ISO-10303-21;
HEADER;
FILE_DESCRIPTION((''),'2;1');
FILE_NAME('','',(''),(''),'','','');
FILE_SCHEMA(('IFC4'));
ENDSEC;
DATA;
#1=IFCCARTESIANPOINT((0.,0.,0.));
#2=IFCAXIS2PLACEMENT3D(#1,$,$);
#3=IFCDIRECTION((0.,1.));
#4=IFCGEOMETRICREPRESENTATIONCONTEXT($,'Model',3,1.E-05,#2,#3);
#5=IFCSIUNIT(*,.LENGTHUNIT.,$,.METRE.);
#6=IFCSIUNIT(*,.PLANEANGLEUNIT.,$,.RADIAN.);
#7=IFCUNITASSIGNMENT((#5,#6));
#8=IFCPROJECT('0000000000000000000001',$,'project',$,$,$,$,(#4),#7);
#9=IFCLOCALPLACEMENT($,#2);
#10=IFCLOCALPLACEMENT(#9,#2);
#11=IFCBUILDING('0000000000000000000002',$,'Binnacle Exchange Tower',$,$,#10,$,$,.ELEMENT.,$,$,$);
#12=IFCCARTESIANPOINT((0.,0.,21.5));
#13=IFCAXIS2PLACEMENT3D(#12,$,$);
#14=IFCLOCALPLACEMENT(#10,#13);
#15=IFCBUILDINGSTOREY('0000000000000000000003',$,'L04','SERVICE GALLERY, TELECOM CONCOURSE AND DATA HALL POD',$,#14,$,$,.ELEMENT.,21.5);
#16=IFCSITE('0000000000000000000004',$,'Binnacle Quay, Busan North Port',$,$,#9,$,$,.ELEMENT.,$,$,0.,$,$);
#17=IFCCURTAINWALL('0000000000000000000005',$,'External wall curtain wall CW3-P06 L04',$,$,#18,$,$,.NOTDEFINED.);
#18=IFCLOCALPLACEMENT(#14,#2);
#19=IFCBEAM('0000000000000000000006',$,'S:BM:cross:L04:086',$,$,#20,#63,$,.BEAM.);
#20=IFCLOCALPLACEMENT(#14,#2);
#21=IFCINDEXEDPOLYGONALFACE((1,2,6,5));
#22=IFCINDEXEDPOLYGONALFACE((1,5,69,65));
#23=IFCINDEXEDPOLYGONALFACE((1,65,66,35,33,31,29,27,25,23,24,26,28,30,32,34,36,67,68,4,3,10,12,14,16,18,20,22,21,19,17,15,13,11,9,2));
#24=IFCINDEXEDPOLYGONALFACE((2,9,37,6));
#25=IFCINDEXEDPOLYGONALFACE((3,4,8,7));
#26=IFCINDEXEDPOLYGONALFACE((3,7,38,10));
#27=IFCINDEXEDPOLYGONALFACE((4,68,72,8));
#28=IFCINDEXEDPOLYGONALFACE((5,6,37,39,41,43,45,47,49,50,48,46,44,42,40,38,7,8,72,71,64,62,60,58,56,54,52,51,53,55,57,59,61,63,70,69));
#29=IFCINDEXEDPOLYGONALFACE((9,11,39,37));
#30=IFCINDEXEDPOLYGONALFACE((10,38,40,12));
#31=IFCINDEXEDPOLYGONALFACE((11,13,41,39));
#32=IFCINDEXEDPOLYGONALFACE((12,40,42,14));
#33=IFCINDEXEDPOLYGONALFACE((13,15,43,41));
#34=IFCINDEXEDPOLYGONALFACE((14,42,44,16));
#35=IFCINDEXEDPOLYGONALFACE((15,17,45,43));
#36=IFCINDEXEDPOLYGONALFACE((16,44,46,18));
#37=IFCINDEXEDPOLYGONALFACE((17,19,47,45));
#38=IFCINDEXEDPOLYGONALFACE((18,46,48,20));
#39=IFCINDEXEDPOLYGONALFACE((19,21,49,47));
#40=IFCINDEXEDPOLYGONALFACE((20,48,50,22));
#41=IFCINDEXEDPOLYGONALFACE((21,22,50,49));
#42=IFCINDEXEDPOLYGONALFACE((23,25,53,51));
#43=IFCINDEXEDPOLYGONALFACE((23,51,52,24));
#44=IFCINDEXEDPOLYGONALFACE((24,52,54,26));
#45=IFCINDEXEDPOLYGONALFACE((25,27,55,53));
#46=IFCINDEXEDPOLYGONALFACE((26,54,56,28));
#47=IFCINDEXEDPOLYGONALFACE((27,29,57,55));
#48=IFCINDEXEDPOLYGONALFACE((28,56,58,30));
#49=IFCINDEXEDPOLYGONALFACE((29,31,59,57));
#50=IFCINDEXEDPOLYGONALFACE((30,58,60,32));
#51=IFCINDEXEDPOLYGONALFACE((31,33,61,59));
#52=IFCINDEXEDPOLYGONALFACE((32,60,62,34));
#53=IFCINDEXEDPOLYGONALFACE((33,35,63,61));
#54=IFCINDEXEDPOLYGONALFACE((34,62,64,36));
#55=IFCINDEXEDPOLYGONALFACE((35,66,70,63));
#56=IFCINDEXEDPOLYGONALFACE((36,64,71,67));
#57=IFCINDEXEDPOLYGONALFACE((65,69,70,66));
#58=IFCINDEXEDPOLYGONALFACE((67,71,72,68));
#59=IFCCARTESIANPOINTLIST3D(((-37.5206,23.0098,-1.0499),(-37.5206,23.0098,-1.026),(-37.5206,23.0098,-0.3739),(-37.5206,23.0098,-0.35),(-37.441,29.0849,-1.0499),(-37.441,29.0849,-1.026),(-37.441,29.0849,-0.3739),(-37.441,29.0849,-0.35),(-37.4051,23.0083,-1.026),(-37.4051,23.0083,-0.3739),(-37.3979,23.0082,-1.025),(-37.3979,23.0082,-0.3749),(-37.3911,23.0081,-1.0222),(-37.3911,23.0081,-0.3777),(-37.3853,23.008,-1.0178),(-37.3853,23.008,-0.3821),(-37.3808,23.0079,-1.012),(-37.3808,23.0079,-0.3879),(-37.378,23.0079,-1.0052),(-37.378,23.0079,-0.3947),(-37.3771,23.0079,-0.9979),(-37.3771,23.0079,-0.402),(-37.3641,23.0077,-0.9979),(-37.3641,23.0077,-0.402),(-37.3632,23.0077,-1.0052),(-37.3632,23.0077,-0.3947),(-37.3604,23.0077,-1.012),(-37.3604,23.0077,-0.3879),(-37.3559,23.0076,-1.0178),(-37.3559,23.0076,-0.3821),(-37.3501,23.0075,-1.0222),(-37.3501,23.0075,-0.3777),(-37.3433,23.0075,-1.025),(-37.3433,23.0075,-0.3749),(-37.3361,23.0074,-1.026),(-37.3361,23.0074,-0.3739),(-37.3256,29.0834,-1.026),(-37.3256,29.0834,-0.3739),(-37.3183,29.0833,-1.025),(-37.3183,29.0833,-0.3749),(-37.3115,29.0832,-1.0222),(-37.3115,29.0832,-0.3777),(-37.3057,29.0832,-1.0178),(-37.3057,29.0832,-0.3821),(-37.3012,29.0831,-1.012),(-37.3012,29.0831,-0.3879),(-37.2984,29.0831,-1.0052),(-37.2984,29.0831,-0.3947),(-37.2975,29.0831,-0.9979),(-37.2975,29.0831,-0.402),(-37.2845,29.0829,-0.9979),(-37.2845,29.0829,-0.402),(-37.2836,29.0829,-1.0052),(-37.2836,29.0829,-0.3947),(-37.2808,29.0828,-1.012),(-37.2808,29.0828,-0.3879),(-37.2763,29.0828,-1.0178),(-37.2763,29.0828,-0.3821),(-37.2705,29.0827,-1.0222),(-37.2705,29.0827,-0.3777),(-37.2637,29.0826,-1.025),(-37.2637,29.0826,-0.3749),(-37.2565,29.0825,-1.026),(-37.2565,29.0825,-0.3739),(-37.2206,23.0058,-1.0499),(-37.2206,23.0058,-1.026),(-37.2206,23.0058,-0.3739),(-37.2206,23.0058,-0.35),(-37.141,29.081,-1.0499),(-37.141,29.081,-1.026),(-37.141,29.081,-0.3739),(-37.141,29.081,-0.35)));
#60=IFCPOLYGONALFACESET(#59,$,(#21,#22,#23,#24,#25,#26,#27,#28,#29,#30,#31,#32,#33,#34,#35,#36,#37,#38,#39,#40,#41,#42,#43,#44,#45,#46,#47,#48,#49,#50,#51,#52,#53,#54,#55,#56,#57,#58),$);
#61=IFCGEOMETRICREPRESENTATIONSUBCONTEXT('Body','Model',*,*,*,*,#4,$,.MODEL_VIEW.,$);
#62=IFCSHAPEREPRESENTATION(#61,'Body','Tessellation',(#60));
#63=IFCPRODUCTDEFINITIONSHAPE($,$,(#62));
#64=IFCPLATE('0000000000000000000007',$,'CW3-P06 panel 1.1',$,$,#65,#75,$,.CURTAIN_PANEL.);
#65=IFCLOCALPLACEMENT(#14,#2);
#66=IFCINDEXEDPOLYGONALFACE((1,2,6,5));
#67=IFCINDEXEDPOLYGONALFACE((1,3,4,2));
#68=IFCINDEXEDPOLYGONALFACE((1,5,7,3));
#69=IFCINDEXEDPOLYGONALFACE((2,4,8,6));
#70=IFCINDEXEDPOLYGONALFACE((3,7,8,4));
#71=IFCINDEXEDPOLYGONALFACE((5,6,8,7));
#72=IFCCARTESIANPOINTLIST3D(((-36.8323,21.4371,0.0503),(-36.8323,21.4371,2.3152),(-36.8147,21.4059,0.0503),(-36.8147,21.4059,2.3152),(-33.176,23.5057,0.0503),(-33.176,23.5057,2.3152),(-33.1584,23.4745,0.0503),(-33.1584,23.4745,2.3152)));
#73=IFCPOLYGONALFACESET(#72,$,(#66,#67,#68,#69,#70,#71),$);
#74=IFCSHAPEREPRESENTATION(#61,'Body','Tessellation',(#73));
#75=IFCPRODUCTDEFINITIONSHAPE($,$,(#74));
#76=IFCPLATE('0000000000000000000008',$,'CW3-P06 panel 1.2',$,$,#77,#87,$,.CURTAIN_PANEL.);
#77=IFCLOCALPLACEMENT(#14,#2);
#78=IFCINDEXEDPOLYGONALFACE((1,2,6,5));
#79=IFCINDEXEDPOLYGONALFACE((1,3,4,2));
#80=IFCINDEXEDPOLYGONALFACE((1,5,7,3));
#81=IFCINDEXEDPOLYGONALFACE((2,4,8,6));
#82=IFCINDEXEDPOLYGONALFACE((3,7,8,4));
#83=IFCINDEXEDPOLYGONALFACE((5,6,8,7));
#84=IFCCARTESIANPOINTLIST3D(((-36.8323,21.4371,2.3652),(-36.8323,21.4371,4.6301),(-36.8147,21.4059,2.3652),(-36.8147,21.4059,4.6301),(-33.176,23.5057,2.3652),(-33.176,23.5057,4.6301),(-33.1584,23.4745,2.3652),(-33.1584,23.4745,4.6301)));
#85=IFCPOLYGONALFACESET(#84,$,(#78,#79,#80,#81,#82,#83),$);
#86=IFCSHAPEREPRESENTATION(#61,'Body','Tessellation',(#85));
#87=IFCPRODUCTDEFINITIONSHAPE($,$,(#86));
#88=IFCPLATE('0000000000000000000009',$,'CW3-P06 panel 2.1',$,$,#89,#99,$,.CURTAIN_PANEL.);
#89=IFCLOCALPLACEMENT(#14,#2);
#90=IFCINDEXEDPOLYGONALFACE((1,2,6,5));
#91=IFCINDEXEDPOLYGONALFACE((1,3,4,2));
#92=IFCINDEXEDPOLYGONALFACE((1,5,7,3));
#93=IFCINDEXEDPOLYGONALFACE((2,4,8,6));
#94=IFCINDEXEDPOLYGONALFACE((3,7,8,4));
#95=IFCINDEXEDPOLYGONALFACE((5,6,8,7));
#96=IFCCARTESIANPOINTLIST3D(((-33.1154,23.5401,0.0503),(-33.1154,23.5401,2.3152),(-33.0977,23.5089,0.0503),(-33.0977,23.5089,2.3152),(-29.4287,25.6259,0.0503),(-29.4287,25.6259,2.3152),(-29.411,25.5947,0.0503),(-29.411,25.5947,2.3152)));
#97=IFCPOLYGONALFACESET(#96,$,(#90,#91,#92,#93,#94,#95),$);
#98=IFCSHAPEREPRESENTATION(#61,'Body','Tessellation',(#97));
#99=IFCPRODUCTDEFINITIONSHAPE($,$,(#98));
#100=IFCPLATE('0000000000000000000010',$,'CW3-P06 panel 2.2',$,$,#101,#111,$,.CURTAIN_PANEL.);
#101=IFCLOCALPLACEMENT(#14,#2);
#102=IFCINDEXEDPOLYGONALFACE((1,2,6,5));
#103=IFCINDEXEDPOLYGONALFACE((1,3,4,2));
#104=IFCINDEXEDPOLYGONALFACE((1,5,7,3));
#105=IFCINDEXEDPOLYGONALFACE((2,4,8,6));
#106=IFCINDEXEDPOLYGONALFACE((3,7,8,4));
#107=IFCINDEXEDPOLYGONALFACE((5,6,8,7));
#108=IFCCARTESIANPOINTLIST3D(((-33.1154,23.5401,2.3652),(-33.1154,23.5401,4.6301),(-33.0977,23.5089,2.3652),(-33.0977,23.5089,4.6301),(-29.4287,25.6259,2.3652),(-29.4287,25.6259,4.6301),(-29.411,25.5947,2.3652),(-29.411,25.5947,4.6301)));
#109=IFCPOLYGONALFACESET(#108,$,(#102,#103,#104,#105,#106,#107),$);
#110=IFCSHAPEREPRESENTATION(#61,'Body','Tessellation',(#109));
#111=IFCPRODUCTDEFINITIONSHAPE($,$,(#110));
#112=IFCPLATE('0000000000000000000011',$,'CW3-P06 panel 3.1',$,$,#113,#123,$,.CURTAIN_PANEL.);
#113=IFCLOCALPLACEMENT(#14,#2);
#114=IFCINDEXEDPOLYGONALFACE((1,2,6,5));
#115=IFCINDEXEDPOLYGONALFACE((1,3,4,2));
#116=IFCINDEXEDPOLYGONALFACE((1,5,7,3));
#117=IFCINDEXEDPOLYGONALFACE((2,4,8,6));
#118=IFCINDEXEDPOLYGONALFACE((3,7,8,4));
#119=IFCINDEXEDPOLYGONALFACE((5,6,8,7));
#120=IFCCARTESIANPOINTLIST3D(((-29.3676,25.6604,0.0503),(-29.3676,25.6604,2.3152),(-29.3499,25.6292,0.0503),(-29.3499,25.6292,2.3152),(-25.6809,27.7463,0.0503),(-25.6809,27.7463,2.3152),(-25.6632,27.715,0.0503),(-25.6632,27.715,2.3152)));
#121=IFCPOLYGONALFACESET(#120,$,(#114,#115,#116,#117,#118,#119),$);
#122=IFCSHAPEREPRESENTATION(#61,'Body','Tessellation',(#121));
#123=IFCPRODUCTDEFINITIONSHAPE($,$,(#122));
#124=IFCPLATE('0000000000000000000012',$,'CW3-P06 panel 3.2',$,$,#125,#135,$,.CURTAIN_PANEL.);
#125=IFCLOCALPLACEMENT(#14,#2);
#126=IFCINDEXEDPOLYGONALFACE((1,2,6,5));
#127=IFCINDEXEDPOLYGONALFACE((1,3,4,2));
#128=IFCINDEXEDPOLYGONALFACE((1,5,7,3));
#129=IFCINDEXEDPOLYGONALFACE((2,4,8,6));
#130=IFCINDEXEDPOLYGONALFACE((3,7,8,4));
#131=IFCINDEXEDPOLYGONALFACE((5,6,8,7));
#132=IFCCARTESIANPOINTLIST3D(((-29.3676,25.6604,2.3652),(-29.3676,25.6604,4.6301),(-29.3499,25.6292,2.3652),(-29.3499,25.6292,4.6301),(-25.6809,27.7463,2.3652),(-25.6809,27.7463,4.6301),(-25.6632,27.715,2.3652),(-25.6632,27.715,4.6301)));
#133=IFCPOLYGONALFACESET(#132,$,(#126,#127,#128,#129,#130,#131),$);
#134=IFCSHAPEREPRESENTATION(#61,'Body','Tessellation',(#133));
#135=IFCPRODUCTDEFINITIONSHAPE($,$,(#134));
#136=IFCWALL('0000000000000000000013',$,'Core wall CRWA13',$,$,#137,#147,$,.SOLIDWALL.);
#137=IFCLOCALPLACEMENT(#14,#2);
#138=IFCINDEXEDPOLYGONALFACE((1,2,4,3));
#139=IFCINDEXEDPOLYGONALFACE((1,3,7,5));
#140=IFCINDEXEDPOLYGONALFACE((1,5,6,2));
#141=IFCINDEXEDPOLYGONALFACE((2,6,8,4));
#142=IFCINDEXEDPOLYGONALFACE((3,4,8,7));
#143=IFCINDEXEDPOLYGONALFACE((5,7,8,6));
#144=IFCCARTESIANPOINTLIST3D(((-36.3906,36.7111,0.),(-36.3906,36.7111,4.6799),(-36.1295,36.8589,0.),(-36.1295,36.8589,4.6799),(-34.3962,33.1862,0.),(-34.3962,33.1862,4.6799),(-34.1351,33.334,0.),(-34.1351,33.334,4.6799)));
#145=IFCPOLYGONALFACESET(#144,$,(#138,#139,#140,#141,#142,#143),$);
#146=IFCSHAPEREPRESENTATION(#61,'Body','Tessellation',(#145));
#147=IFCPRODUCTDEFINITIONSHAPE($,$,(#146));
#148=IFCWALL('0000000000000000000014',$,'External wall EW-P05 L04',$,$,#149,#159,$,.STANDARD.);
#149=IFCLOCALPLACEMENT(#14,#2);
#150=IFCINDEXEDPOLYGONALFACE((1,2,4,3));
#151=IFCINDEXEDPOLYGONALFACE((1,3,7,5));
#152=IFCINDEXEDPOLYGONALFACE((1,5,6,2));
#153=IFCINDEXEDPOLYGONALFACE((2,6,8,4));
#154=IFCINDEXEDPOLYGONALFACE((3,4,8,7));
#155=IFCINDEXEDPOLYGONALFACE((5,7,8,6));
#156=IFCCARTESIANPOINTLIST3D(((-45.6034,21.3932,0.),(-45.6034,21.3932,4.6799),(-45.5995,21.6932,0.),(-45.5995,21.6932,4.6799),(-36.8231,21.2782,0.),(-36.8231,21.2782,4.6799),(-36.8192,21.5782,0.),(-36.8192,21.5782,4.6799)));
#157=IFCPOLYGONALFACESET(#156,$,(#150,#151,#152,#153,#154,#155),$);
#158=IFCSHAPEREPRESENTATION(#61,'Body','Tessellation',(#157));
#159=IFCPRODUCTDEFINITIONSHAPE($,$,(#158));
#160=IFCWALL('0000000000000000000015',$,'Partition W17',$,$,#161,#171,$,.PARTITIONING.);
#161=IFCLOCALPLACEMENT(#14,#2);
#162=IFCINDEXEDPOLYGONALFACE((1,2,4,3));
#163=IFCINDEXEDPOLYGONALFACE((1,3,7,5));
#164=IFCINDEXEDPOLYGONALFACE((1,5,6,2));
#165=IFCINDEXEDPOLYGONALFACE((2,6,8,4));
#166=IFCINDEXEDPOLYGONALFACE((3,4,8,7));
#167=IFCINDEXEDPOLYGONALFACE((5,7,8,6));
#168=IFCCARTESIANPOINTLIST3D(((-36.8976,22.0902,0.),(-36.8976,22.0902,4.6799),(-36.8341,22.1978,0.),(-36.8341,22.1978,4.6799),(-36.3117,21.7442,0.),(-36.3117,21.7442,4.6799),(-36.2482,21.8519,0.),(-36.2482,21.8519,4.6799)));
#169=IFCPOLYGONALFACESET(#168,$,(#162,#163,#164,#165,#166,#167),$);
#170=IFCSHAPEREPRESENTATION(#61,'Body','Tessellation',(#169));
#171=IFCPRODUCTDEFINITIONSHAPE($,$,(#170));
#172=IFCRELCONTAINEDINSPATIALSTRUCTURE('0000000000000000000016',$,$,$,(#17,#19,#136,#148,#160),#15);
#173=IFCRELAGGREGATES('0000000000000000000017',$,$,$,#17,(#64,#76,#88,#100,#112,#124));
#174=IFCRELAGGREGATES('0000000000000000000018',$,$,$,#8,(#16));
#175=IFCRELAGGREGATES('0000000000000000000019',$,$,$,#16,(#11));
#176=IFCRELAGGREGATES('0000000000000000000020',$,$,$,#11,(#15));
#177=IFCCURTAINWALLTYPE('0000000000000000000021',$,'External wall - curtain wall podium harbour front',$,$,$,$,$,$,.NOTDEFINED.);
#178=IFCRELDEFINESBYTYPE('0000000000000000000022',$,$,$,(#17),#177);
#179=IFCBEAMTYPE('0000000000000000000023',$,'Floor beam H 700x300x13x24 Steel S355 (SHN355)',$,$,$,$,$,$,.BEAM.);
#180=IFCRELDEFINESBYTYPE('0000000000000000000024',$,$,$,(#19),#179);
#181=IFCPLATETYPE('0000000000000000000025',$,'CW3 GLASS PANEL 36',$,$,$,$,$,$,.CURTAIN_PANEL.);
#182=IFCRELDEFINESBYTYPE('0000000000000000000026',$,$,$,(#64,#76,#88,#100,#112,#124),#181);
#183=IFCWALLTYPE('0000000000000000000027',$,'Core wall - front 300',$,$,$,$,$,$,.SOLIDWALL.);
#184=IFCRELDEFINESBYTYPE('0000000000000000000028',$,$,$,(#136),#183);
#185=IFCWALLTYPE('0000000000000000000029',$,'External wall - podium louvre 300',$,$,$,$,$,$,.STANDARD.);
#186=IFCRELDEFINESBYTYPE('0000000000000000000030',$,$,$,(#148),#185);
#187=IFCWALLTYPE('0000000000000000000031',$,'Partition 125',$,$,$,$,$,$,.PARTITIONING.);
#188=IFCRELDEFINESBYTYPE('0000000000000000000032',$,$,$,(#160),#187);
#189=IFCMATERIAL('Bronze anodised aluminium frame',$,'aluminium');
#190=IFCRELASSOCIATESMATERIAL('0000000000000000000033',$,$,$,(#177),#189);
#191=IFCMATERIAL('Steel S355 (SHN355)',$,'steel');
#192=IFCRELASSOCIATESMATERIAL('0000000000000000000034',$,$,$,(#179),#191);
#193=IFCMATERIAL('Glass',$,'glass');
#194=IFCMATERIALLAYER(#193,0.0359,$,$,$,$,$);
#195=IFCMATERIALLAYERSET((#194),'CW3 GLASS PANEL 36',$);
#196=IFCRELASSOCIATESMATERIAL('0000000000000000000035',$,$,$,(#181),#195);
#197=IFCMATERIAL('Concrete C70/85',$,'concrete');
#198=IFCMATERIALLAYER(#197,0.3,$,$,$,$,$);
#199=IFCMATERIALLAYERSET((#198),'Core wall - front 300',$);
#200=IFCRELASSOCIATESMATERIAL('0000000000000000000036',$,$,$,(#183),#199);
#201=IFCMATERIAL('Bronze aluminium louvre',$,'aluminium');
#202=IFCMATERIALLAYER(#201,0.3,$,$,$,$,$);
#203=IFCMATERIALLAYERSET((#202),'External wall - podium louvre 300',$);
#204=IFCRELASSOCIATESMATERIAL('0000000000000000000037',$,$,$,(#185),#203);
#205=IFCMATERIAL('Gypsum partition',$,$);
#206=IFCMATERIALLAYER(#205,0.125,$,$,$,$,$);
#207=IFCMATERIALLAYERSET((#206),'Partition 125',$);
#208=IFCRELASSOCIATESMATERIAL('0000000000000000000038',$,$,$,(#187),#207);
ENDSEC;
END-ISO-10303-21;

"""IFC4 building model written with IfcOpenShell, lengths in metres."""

from ifc_helpers import new_model, si_unit, direction, frame, frame_2d, origin, origin_2d, place, context, subcontext, project, spatial, rectangle, i_section, extrude, material, layer, layer_set, material_profile, profile_set, type_object, element, aggregate, save


model = new_model("IFC4")

# Units and contexts
model_context = context("Model", 3, precision=1e-05, world=origin(), true_north=direction((0.0, 1.0)))
body_context = subcontext(model_context, "Body", "Model", "MODEL_VIEW")
ifc_project = project(units=[si_unit("LENGTHUNIT", "METRE"), si_unit("PLANEANGLEUNIT", "RADIAN")], contexts=[model_context])

# Site, building, storey
site_placement = place(None, origin())
site = spatial("IfcSite", under=ifc_project, at=site_placement, Name="Binnacle Quay, Busan North Port", CompositionType="ELEMENT", RefElevation=0.0)
building_placement = place(site_placement, origin())
building = spatial("IfcBuilding", under=site, at=building_placement, Name="Binnacle Exchange Tower", CompositionType="ELEMENT")
storey_placement = place(building_placement, frame((0.0, 0.0, 21.5)))
storey = spatial("IfcBuildingStorey", under=building, at=storey_placement, Name="L04", Description="SERVICE GALLERY, TELECOM CONCOURSE AND DATA HALL POD", CompositionType="ELEMENT", Elevation=21.5)

# Shared definitions
ifc_material_1 = material(Name="Concrete C70/85", Category="concrete")

# Curtain wall
ifc_material_2 = material(Name="Bronze anodised aluminium frame", Category="aluminium")
curtain_wall_type = type_object("IfcCurtainWallType", Name="External wall - curtain wall podium harbour front", PredefinedType="NOTDEFINED", material=ifc_material_2)
curtain_wall_placement = place(storey_placement, origin())
curtain_wall = element("IfcCurtainWall", 1, at=curtain_wall_placement, inside=storey, type_object=curtain_wall_type, Name="External wall curtain wall CW3-P06 L04", PredefinedType="NOTDEFINED")

# Beam
ifc_material_3 = material(Name="Steel S355 (SHN355)", Category="steel")
ifc_material_profile_1 = material_profile(ifc_material_3, i_section(OverallWidth=0.3, OverallDepth=0.7, WebThickness=0.0129, FlangeThickness=0.0239, FilletRadius=0.0281, at=origin_2d()), Name="H 700x300x13x24")
ifc_profile_set_1 = profile_set([ifc_material_profile_1], Name="Steel S355 (SHN355)")
beam_type_1 = type_object("IfcBeamType", Name="Floor beam H 700x300x13x24 Steel S355 (SHN355)", PredefinedType="BEAM", material=ifc_profile_set_1)
beam_1_placement = place(storey_placement, frame((-37.3706, 23.0078, -0.7), z_axis=(0.0131, 0.999914, 0.0), x_axis=(-0.999914, 0.0131, 0.0)))
element("IfcBeam", 2, at=beam_1_placement, inside=storey, type_object=beam_type_1, Name="S:BM:cross:L04:086", PredefinedType="BEAM", context=body_context, shape_type="SweptSolid", body=[
    extrude(i_section(OverallWidth=0.3, OverallDepth=0.7, WebThickness=0.0129, FlangeThickness=0.0239, FilletRadius=0.0281, at=origin_2d()), origin(), (0.0, 0.0, 1.0), 6.0757),
])

# Plates
ifc_material_4 = material(Name="Glass", Category="glass")
ifc_layer_1 = layer(ifc_material_4, 0.0359)
ifc_layer_set_1 = layer_set([ifc_layer_1], Name="CW3 GLASS PANEL 36")
plate_type = type_object("IfcPlateType", Name="CW3 GLASS PANEL 36", PredefinedType="CURTAIN_PANEL", material=ifc_layer_set_1)
plate_1_placement = place(storey_placement, frame((-34.9954, 22.4558, 0.0503), z_axis=(0.0, 0.0, 1.0), x_axis=(0.870356, 0.492424, 0.0)))
plate_1 = element("IfcPlate", 3, at=plate_1_placement, type_object=plate_type, Name="CW3-P06 panel 1.1", PredefinedType="CURTAIN_PANEL", context=body_context, shape_type="SweptSolid", body=[
    extrude(rectangle(XDim=4.2009, YDim=0.0359, at=origin_2d()), origin(), (0.0, 0.0, 1.0), 2.2649),
])
plate_2_placement = place(storey_placement, frame((-34.9954, 22.4558, 2.3652), z_axis=(0.0, 0.0, 1.0), x_axis=(0.870356, 0.492424, 0.0)))
plate_2 = element("IfcPlate", 4, at=plate_2_placement, type_object=plate_type, Name="CW3-P06 panel 1.2", PredefinedType="CURTAIN_PANEL", context=body_context, shape_type="SweptSolid", body=[
    extrude(rectangle(XDim=4.2009, YDim=0.0359, at=origin_2d()), origin(), (0.0, 0.0, 1.0), 2.2649),
])
plate_3_placement = place(storey_placement, frame((-31.2632, 24.5674, 0.0503), z_axis=(0.0, 0.0, 1.0), x_axis=(0.870356, 0.492424, 0.0)))
plate_3 = element("IfcPlate", 5, at=plate_3_placement, type_object=plate_type, Name="CW3-P06 panel 2.1", PredefinedType="CURTAIN_PANEL", context=body_context, shape_type="SweptSolid", body=[
    extrude(rectangle(XDim=4.2358, YDim=0.0359, at=origin_2d()), origin(), (0.0, 0.0, 1.0), 2.2649),
])
plate_4_placement = place(storey_placement, frame((-31.2632, 24.5674, 2.3652), z_axis=(0.0, 0.0, 1.0), x_axis=(0.870356, 0.492424, 0.0)))
plate_4 = element("IfcPlate", 6, at=plate_4_placement, type_object=plate_type, Name="CW3-P06 panel 2.2", PredefinedType="CURTAIN_PANEL", context=body_context, shape_type="SweptSolid", body=[
    extrude(rectangle(XDim=4.2358, YDim=0.0359, at=origin_2d()), origin(), (0.0, 0.0, 1.0), 2.2649),
])
plate_5_placement = place(storey_placement, frame((-27.5154, 26.6877, 0.0503), z_axis=(0.0, 0.0, 1.0), x_axis=(0.870356, 0.492424, 0.0)))
plate_5 = element("IfcPlate", 7, at=plate_5_placement, type_object=plate_type, Name="CW3-P06 panel 3.1", PredefinedType="CURTAIN_PANEL", context=body_context, shape_type="SweptSolid", body=[
    extrude(rectangle(XDim=4.2358, YDim=0.0359, at=origin_2d()), origin(), (0.0, 0.0, 1.0), 2.2649),
])
plate_6_placement = place(storey_placement, frame((-27.5154, 26.6877, 2.3652), z_axis=(0.0, 0.0, 1.0), x_axis=(0.870356, 0.492424, 0.0)))
plate_6 = element("IfcPlate", 8, at=plate_6_placement, type_object=plate_type, Name="CW3-P06 panel 3.2", PredefinedType="CURTAIN_PANEL", context=body_context, shape_type="SweptSolid", body=[
    extrude(rectangle(XDim=4.2358, YDim=0.0359, at=origin_2d()), origin(), (0.0, 0.0, 1.0), 2.2649),
])
aggregate(curtain_wall, [plate_1, plate_2, plate_3, plate_4, plate_5, plate_6])

# Walls
ifc_layer_2 = layer(ifc_material_1, 0.3)
ifc_layer_set_2 = layer_set([ifc_layer_2], Name="Core wall - front 300")
wall_type_1 = type_object("IfcWallType", Name="Core wall - front 300", PredefinedType="SOLIDWALL", material=ifc_layer_set_2)
wall_1_placement = place(storey_placement, frame((-36.26, 36.7849, 0.0), z_axis=(0.0, 0.0, 1.0), x_axis=(0.492441, -0.870346, 0.0)))
element("IfcWall", 9, at=wall_1_placement, inside=storey, type_object=wall_type_1, Name="Core wall CRWA13", PredefinedType="SOLIDWALL", context=body_context, shape_type="SweptSolid", body=[
    extrude(rectangle(XDim=4.05, YDim=0.3, at=frame_2d((2.0249, 0.0))), origin(), (0.0, 0.0, 1.0), 4.6799),
])
ifc_material_5 = material(Name="Bronze aluminium louvre", Category="aluminium")
ifc_layer_3 = layer(ifc_material_5, 0.3)
ifc_layer_set_3 = layer_set([ifc_layer_3], Name="External wall - podium louvre 300")
wall_type_2 = type_object("IfcWallType", Name="External wall - podium louvre 300", PredefinedType="STANDARD", material=ifc_layer_set_3)
wall_2_placement = place(storey_placement, frame((-36.821, 21.4282, 0.0), z_axis=(0.0, 0.0, 1.0), x_axis=(-0.999914, 0.013095, 0.0)))
element("IfcWall", 10, at=wall_2_placement, inside=storey, type_object=wall_type_2, Name="External wall EW-P05 L04", PredefinedType="STANDARD", context=body_context, shape_type="SweptSolid", body=[
    extrude(rectangle(XDim=8.781, YDim=0.3, at=frame_2d((4.3906, 0.0))), origin(), (0.0, 0.0, 1.0), 4.6799),
])
ifc_material_6 = material(Name="Gypsum partition")
ifc_layer_4 = layer(ifc_material_6, 0.125)
ifc_layer_set_4 = layer_set([ifc_layer_4], Name="Partition 125")
wall_type_3 = type_object("IfcWallType", Name="Partition 125", PredefinedType="PARTITIONING", material=ifc_layer_set_4)
wall_3_placement = place(storey_placement, frame((-36.866, 22.144, 0.0), z_axis=(0.0, 0.0, 1.0), x_axis=(0.861112, -0.508415, 0.0)))
element("IfcWall", 11, at=wall_3_placement, inside=storey, type_object=wall_type_3, Name="Partition W17", PredefinedType="PARTITIONING", context=body_context, shape_type="SweptSolid", body=[
    extrude(rectangle(XDim=0.6804, YDim=0.125, at=frame_2d((0.3403, 0.0))), origin(), (0.0, 0.0, 1.0), 4.6799),
])

save(model, "model.ifc")
